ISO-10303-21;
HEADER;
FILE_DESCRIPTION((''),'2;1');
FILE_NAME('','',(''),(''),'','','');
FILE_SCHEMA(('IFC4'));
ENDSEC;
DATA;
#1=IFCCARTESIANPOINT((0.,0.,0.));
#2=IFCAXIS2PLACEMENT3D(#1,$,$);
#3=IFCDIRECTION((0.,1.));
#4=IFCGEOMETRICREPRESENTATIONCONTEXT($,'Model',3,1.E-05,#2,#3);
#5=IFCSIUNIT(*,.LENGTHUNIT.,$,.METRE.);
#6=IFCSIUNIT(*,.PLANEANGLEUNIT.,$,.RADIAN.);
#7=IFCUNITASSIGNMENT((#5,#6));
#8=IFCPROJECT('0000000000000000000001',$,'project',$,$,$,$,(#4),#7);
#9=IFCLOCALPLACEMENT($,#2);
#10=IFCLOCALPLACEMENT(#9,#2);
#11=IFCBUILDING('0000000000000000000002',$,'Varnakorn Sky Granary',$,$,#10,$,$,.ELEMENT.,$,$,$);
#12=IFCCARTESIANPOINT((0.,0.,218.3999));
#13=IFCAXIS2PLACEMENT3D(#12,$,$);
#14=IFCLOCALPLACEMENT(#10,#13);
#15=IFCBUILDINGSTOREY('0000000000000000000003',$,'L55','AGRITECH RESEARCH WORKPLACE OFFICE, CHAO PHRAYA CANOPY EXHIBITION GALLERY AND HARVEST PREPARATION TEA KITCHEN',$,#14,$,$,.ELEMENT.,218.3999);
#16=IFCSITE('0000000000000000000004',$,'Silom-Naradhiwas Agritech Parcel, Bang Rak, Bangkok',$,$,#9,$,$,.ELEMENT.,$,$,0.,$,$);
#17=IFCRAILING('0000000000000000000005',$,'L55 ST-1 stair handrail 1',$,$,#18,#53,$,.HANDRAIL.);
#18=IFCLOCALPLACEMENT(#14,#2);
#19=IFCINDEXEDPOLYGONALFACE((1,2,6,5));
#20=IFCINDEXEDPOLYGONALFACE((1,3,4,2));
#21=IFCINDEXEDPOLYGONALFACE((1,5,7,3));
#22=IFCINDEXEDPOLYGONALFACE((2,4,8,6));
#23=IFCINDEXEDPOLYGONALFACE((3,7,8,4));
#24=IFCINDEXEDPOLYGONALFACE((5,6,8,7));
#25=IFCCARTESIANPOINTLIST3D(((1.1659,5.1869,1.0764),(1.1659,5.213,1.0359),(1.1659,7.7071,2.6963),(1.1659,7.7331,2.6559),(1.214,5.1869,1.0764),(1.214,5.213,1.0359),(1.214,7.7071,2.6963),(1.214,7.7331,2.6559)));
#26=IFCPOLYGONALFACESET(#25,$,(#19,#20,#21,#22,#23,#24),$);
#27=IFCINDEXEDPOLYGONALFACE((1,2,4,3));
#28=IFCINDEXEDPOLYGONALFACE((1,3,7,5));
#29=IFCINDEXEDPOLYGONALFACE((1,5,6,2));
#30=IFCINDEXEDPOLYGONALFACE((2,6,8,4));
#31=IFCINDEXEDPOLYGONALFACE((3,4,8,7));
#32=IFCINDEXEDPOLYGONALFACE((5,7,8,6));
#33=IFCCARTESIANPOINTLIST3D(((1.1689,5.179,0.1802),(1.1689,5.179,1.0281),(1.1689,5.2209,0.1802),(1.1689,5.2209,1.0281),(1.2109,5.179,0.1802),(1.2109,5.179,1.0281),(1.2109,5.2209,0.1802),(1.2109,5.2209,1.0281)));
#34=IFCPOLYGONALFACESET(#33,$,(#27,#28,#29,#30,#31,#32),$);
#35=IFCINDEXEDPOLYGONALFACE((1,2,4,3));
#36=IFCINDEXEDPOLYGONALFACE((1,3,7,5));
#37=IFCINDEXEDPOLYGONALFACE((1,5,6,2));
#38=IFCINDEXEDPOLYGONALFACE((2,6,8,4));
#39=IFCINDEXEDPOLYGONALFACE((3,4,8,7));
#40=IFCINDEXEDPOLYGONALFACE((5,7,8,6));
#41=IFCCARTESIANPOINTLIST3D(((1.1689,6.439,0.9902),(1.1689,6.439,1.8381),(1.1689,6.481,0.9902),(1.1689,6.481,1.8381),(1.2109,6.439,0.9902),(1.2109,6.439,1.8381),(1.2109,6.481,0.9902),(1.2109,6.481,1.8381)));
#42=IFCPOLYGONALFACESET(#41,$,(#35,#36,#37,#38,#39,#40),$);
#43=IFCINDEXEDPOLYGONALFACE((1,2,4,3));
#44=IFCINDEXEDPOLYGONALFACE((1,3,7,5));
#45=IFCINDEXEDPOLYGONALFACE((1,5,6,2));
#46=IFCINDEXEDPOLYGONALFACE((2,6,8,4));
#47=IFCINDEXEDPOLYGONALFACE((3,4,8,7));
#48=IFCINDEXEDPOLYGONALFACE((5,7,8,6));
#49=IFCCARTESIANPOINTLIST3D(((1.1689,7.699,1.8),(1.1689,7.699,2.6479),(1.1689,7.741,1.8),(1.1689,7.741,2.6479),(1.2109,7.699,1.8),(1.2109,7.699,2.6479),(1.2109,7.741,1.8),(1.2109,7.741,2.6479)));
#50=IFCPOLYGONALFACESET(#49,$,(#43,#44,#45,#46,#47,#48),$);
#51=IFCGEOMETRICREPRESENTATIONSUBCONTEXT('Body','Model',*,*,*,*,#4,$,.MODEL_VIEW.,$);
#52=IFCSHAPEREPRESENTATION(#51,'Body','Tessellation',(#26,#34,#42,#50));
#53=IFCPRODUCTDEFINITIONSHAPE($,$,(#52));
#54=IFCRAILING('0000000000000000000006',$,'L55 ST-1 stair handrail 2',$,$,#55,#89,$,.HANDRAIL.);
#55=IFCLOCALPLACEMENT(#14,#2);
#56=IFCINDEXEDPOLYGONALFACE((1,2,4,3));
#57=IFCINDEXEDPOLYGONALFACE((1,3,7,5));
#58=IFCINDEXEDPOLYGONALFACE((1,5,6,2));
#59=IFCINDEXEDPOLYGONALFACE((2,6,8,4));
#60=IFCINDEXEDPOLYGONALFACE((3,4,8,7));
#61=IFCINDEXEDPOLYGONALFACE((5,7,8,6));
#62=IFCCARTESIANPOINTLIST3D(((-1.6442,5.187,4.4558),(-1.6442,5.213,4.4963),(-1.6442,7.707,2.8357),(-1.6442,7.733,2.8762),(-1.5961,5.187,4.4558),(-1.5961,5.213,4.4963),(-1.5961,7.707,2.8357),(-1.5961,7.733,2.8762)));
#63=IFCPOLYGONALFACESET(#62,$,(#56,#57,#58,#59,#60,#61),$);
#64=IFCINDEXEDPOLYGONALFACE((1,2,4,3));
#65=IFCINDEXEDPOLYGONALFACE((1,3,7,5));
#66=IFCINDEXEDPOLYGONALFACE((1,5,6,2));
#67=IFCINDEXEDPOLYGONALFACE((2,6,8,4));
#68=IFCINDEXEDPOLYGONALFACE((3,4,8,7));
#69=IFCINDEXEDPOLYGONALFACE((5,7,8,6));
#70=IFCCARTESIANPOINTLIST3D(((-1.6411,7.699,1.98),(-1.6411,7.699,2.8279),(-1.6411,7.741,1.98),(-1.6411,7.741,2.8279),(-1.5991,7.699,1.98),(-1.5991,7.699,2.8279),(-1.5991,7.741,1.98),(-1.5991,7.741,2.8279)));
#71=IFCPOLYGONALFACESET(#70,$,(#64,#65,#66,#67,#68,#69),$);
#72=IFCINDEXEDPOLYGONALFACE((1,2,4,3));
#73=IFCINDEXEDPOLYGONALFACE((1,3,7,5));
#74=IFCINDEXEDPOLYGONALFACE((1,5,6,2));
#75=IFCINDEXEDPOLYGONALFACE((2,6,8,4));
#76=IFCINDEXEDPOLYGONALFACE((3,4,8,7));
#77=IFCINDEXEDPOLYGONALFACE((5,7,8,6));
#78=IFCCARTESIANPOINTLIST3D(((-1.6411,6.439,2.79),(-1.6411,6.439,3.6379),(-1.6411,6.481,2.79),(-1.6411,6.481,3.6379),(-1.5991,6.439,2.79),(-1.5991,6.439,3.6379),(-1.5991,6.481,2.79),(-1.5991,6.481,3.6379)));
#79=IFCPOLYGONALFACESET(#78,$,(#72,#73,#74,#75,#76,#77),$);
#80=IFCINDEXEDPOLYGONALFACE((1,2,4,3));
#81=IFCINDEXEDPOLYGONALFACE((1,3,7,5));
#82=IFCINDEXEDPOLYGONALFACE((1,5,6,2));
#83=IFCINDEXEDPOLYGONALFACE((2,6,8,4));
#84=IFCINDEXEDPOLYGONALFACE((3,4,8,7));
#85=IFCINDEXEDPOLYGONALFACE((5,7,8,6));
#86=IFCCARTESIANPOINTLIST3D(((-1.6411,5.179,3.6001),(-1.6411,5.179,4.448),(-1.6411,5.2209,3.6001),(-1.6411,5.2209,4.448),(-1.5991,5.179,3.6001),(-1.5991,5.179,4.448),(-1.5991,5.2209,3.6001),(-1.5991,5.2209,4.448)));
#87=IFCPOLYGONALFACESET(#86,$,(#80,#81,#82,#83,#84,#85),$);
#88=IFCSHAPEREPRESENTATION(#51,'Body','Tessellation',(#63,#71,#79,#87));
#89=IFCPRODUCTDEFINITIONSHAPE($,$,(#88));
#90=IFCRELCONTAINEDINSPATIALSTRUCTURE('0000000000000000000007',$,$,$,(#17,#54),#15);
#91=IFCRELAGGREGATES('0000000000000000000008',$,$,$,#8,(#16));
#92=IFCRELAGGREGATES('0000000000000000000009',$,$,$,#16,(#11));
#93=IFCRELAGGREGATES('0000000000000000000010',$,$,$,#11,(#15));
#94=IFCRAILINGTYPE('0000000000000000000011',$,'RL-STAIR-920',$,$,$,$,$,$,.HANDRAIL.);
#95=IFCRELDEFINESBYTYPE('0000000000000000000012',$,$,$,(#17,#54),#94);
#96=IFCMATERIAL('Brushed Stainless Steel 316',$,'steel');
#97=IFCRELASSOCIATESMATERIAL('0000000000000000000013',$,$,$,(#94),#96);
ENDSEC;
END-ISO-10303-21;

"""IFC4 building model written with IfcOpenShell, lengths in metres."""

from ifc_helpers import new_model, si_unit, direction, frame, origin, origin_2d, place, context, subcontext, project, spatial, rectangle, extrude, material, type_object, element, save


model = new_model("IFC4")

# Units and contexts
model_context = context("Model", 3, precision=1e-05, world=origin(), true_north=direction((0.0, 1.0)))
body_context = subcontext(model_context, "Body", "Model", "MODEL_VIEW")
ifc_project = project(units=[si_unit("LENGTHUNIT", "METRE"), si_unit("PLANEANGLEUNIT", "RADIAN")], contexts=[model_context])

# Site, building, storey
site_placement = place(None, origin())
site = spatial("IfcSite", under=ifc_project, at=site_placement, Name="Silom-Naradhiwas Agritech Parcel, Bang Rak, Bangkok", CompositionType="ELEMENT", RefElevation=0.0)
building_placement = place(site_placement, origin())
building = spatial("IfcBuilding", under=site, at=building_placement, Name="Varnakorn Sky Granary", CompositionType="ELEMENT")
storey_placement = place(building_placement, frame((0.0, 0.0, 218.3999)))
storey = spatial("IfcBuildingStorey", under=building, at=storey_placement, Name="L55", Description="AGRITECH RESEARCH WORKPLACE OFFICE, CHAO PHRAYA CANOPY EXHIBITION GALLERY AND HARVEST PREPARATION TEA KITCHEN", CompositionType="ELEMENT", Elevation=218.3999)

# Railings
ifc_material_1 = material(Name="Brushed Stainless Steel 316", Category="steel")
railing_type_1 = type_object("IfcRailingType", Name="RL-STAIR-920", PredefinedType="HANDRAIL", material=ifc_material_1)
railing_1_placement = place(storey_placement, frame((1.1899, 5.2, 0.1802)))
element("IfcRailing", 1, at=railing_1_placement, inside=storey, type_object=railing_type_1, Name="L55 ST-1 stair handrail 1", PredefinedType="HANDRAIL", context=body_context, shape_type="SweptSolid", body=[
    extrude(rectangle(XDim=0.0481, YDim=0.0481, at=origin_2d()), frame((0.0, 0.0, 0.876), z_axis=(0.0, 0.8412, 0.540725), x_axis=(-1.0, 0.0, 0.0)), (0.0, 0.0, 1.0), 2.9958),
    extrude(rectangle(XDim=0.042, YDim=0.042, at=origin_2d()), origin(), (0.0, 0.0, 1.0), 0.8479),
    extrude(rectangle(XDim=0.042, YDim=0.042, at=origin_2d()), frame((0.0, 1.26, 0.8101)), (0.0, 0.0, 1.0), 0.8479),
    extrude(rectangle(XDim=0.042, YDim=0.042, at=origin_2d()), frame((0.0, 2.52, 1.6199)), (0.0, 0.0, 1.0), 0.8479),
])
railing_2_placement = place(storey_placement, frame((-1.6201, 7.72, 1.98)))
element("IfcRailing", 2, at=railing_2_placement, inside=storey, type_object=railing_type_1, Name="L55 ST-1 stair handrail 2", PredefinedType="HANDRAIL", context=body_context, shape_type="SweptSolid", body=[
    extrude(rectangle(XDim=0.0481, YDim=0.0481, at=origin_2d()), frame((0.0, 0.0, 0.876), z_axis=(0.0, -0.841163, 0.540782), x_axis=(1.0, 0.0, 0.0)), (0.0, 0.0, 1.0), 2.9958),
    extrude(rectangle(XDim=0.042, YDim=0.042, at=origin_2d()), origin(), (0.0, 0.0, 1.0), 0.8479),
    extrude(rectangle(XDim=0.042, YDim=0.042, at=origin_2d()), frame((0.0, -1.26, 0.8101)), (0.0, 0.0, 1.0), 0.8479),
    extrude(rectangle(XDim=0.042, YDim=0.042, at=origin_2d()), frame((0.0, -2.52, 1.6201)), (0.0, 0.0, 1.0), 0.8479),
])

save(model, "model.ifc")
